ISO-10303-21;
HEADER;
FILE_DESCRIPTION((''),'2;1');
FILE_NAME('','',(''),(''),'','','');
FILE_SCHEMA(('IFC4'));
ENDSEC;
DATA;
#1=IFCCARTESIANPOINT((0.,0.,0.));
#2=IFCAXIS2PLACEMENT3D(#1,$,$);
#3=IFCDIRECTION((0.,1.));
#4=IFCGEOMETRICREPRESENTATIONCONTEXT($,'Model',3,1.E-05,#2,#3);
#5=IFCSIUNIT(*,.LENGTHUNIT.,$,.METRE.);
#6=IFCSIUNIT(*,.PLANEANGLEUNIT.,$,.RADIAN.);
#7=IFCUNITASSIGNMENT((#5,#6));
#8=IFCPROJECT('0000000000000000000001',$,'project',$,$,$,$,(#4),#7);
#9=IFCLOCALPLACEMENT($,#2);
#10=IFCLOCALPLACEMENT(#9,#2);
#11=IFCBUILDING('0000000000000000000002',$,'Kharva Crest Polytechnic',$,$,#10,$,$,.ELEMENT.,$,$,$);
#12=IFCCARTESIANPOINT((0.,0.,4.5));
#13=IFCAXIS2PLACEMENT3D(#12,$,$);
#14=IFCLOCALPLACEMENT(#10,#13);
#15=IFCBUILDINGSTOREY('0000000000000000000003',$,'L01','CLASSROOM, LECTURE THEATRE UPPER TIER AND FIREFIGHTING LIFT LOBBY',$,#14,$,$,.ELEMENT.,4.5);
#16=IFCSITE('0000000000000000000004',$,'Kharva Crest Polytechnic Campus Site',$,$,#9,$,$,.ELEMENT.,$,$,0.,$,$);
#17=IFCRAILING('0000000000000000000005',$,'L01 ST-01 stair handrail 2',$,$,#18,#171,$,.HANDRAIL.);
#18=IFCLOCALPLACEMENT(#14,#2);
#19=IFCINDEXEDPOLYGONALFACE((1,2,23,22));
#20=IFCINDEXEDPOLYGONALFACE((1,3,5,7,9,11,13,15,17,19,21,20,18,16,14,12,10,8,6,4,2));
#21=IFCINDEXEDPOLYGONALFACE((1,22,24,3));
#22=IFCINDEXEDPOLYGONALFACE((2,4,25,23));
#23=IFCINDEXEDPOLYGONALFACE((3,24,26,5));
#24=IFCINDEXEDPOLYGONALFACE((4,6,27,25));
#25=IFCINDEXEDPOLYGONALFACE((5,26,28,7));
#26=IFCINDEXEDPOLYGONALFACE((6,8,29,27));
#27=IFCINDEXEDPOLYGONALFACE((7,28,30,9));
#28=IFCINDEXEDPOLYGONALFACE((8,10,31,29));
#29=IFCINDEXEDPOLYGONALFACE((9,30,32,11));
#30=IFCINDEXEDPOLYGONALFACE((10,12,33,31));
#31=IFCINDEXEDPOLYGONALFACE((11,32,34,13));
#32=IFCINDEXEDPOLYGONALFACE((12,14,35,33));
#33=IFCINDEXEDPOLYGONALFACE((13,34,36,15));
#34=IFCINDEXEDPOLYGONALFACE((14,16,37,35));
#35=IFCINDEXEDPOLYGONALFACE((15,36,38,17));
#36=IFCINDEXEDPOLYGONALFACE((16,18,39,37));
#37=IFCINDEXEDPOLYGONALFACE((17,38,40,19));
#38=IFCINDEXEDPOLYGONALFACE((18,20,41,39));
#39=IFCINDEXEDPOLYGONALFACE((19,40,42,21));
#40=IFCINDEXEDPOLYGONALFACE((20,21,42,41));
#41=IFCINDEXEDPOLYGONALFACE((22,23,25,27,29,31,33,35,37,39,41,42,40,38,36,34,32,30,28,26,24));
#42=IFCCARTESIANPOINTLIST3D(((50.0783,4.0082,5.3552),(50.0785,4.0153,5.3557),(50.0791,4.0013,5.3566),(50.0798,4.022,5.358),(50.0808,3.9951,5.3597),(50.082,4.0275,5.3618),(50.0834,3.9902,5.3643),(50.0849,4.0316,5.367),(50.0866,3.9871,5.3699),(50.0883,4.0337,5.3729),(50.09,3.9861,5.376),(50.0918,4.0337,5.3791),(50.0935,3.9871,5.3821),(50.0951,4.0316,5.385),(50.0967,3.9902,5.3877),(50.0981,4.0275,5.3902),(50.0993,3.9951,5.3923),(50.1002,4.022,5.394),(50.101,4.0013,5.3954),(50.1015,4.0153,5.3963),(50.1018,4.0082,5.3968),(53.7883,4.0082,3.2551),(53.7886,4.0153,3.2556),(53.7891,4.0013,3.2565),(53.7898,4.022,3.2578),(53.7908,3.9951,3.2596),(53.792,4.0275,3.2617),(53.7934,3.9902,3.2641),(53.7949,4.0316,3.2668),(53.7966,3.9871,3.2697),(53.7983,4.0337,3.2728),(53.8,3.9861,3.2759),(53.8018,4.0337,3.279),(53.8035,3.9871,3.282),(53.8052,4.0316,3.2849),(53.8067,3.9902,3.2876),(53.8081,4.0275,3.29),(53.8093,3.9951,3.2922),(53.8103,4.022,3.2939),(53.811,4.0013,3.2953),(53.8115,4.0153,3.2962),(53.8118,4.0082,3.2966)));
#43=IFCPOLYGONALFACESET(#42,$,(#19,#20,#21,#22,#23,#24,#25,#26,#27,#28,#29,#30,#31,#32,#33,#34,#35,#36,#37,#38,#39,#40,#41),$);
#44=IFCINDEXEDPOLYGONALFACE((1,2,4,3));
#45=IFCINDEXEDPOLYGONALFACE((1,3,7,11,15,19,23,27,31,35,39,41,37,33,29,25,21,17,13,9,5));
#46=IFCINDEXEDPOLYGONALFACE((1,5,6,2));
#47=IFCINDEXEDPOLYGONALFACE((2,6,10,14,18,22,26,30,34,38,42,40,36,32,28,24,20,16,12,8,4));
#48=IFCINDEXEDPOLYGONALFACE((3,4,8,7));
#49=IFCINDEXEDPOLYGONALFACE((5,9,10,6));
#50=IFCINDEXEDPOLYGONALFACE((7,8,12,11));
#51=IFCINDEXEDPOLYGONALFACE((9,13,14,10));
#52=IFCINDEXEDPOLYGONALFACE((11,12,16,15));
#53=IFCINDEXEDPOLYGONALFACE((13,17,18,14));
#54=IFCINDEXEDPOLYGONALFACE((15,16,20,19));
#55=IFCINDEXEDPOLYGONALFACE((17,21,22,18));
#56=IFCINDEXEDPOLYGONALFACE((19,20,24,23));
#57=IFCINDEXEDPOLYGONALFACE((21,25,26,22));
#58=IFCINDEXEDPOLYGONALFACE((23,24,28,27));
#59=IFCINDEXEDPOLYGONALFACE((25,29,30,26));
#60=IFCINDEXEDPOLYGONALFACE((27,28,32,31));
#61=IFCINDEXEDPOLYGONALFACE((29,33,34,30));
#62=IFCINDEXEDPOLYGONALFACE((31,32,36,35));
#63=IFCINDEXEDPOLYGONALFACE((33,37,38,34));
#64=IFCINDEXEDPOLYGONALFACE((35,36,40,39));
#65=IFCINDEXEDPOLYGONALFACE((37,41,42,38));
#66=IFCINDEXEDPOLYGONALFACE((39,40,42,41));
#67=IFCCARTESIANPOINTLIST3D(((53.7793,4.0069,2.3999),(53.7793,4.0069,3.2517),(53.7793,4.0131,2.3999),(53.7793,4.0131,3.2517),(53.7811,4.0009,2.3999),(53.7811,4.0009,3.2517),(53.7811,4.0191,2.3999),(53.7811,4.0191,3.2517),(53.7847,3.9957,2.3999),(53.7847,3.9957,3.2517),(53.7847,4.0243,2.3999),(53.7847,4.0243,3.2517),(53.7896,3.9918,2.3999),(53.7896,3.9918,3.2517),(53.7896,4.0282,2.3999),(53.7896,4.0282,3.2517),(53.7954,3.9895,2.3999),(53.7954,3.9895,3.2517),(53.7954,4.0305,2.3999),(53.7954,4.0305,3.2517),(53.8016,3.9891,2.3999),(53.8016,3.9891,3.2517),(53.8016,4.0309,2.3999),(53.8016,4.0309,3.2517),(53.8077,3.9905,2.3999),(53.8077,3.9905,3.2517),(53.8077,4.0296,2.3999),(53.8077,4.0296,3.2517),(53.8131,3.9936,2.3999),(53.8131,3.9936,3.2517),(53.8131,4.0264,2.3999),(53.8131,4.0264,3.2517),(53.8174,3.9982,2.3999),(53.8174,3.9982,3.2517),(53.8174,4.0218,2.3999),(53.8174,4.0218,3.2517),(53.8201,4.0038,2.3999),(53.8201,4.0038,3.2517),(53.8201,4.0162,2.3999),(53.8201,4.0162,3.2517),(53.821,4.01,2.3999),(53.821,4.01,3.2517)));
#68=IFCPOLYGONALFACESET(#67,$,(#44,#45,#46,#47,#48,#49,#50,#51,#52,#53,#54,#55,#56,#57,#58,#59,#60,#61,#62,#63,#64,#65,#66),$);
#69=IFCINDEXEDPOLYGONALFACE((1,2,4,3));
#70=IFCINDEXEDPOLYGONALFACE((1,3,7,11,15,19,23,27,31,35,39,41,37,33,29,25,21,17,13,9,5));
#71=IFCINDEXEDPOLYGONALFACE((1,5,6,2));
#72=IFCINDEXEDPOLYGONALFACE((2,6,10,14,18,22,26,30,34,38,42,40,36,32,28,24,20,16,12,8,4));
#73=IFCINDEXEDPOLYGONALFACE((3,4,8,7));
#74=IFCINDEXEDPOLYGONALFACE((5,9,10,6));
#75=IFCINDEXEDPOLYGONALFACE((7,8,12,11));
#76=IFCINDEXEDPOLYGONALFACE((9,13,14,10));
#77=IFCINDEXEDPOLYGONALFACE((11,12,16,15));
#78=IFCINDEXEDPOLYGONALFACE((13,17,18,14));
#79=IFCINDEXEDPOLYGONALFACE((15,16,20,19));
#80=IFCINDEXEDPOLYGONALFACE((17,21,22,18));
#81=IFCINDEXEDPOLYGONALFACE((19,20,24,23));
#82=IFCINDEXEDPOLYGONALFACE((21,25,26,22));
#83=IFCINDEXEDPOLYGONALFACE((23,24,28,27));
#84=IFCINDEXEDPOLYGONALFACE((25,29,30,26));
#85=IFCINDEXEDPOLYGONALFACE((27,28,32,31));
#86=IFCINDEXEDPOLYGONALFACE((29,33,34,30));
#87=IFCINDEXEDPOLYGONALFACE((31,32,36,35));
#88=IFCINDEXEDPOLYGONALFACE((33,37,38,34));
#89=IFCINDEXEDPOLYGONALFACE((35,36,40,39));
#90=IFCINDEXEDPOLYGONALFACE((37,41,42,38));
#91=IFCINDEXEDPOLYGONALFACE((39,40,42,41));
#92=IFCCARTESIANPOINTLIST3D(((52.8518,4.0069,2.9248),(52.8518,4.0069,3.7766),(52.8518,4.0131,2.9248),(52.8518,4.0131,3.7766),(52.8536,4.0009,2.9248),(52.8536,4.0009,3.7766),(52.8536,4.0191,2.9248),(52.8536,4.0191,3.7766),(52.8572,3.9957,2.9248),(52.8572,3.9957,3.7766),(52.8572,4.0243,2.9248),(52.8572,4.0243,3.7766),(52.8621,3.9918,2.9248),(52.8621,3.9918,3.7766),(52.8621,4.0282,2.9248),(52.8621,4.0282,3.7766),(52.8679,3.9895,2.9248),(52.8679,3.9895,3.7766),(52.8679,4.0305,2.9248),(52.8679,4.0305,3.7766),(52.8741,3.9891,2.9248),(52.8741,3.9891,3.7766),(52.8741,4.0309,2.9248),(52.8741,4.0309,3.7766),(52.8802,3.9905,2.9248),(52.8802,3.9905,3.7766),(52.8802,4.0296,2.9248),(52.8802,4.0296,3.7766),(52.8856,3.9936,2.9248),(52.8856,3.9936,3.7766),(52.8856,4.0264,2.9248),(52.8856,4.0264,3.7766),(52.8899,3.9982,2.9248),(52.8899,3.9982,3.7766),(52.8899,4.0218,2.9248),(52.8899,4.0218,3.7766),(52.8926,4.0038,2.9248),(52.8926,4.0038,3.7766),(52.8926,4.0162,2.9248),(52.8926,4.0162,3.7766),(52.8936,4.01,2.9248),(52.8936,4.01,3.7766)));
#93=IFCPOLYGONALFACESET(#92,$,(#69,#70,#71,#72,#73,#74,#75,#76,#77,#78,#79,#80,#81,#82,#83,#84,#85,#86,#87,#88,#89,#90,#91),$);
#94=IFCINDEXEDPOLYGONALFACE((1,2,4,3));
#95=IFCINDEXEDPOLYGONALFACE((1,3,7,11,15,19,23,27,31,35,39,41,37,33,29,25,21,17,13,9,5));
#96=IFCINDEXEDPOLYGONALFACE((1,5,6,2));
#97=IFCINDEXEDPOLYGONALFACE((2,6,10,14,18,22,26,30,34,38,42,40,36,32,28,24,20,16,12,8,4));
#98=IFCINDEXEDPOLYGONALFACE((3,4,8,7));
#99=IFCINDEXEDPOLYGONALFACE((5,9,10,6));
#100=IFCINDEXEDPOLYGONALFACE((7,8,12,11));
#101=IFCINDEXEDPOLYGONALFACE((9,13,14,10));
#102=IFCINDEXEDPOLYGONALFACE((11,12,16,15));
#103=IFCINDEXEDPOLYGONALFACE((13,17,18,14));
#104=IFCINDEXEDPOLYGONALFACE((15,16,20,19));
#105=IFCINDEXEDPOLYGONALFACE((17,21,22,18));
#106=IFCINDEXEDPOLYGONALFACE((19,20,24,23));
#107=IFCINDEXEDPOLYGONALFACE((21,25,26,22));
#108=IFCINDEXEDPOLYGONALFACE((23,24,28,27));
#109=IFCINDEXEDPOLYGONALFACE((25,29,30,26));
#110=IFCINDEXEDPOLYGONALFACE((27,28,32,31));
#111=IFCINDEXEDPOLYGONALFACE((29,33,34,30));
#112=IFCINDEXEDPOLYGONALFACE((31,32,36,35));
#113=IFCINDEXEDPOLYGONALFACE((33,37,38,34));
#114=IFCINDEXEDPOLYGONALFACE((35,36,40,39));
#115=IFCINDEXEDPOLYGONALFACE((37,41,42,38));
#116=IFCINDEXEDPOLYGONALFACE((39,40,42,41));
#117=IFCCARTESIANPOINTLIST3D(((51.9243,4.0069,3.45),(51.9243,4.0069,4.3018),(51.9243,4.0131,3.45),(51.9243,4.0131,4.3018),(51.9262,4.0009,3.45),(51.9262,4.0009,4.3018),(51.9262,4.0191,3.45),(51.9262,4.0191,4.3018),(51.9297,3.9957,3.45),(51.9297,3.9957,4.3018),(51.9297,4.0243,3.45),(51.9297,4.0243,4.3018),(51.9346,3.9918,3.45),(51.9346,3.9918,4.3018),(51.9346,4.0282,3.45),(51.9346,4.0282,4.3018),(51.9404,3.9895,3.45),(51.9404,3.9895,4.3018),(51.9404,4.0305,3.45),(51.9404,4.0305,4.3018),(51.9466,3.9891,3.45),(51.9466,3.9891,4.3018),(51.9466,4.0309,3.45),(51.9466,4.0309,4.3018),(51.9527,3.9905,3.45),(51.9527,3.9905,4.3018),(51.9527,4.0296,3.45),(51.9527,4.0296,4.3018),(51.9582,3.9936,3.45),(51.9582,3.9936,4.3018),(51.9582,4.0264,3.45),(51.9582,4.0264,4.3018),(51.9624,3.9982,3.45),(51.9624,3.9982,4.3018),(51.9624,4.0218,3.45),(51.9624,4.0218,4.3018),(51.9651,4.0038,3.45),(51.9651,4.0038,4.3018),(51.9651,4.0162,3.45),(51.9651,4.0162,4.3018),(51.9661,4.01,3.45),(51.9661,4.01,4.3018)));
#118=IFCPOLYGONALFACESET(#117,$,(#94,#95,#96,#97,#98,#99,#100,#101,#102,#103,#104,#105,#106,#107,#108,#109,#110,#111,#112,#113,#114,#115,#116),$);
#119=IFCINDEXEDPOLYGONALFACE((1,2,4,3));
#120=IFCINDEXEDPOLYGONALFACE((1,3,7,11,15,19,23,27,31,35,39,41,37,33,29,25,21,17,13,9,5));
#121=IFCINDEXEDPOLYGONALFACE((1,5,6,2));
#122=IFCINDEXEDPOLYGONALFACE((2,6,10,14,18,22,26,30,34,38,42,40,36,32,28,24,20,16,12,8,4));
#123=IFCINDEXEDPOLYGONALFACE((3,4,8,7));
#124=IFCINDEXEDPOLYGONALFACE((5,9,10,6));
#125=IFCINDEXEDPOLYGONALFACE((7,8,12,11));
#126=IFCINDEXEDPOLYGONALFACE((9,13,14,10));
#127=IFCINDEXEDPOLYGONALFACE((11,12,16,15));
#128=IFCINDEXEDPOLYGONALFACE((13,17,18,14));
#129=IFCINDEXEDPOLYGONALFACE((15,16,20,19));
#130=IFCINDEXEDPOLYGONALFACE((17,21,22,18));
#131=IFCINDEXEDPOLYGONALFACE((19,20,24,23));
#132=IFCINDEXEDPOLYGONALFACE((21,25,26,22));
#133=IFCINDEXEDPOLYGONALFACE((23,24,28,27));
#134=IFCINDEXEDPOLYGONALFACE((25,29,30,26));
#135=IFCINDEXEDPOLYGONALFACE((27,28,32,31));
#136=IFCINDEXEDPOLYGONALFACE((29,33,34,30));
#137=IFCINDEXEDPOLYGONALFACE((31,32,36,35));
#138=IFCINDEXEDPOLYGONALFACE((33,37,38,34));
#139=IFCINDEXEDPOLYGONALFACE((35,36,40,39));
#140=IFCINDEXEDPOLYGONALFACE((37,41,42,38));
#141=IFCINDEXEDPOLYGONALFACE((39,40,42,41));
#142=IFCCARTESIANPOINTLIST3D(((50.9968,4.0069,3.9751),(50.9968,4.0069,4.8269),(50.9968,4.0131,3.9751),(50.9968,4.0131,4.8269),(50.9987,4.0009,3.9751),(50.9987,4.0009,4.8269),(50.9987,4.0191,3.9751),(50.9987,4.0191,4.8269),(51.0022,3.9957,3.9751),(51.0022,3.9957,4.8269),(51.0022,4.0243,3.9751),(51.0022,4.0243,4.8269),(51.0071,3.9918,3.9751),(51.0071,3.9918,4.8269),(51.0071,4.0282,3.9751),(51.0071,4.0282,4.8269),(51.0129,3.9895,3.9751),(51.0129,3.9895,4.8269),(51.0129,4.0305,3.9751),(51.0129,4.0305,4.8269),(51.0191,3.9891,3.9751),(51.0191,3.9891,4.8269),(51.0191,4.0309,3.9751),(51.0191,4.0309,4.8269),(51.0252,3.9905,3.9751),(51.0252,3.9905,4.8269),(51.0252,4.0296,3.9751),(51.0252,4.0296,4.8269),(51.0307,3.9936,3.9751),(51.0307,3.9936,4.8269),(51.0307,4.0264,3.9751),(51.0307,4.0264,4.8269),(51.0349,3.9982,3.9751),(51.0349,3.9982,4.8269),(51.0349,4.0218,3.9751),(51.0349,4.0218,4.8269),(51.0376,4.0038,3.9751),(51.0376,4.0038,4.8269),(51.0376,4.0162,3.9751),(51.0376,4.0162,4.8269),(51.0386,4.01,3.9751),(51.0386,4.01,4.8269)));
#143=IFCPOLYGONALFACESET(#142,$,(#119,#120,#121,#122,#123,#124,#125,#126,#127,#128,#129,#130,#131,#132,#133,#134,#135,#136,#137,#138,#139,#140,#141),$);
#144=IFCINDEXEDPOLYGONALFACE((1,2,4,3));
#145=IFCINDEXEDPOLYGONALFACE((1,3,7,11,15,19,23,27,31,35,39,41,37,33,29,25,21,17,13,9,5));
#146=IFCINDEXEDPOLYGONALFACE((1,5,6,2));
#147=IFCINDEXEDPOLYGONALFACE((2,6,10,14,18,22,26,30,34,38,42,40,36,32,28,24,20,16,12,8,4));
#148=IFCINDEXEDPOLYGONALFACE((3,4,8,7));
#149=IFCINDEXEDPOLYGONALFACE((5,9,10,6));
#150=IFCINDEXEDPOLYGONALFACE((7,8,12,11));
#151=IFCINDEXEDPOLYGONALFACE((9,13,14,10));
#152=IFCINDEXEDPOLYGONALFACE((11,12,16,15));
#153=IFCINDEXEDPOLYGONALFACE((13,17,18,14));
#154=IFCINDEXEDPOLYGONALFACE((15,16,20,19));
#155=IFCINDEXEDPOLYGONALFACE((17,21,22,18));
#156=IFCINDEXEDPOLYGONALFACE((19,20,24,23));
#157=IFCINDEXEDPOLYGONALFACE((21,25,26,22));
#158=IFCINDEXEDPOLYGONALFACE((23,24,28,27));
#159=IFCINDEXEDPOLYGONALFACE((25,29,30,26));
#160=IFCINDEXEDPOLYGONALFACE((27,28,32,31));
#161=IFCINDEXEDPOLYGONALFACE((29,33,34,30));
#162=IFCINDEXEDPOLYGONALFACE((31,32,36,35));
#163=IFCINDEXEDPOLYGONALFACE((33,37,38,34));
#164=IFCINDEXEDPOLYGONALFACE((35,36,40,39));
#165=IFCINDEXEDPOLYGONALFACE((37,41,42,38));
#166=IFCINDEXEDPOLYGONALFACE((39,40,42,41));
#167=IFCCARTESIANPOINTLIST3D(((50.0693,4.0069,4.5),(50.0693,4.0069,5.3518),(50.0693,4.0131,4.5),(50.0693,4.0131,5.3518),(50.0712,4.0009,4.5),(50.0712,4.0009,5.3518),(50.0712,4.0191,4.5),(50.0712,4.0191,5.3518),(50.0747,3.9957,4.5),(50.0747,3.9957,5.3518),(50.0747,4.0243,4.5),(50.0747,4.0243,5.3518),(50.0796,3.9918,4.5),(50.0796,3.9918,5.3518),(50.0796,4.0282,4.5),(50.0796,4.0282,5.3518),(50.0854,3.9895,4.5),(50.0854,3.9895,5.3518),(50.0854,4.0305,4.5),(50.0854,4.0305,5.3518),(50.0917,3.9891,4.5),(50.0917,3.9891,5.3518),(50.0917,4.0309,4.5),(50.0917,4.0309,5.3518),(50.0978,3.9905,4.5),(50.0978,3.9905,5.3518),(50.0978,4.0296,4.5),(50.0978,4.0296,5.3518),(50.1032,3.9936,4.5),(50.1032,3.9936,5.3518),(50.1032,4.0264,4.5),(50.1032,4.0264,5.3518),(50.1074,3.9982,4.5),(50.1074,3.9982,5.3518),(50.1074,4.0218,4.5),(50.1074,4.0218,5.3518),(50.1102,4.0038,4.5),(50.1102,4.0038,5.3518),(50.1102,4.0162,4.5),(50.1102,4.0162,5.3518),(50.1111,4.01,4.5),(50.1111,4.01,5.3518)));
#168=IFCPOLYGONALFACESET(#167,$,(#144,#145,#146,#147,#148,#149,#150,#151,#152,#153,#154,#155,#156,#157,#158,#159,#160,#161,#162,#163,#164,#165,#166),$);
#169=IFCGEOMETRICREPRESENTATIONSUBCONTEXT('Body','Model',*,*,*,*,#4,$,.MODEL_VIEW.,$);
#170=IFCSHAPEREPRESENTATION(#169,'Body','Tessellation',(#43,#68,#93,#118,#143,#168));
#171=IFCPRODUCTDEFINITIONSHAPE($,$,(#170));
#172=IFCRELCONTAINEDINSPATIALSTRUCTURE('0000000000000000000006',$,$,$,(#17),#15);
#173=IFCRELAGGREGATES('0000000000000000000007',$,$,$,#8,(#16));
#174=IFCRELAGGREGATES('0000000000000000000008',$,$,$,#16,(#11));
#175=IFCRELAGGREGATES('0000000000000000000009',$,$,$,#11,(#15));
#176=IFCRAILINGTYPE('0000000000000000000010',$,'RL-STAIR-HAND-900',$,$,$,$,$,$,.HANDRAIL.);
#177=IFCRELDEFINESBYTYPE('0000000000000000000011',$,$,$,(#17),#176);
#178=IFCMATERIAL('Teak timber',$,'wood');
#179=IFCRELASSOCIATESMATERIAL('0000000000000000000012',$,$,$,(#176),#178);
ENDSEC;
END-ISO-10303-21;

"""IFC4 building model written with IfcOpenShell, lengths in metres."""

from ifc_helpers import new_model, si_unit, direction, frame, origin, origin_2d, place, context, subcontext, project, spatial, circle, extrude, material, type_object, element, save


model = new_model("IFC4")

# Units and contexts
model_context = context("Model", 3, precision=1e-05, world=origin(), true_north=direction((0.0, 1.0)))
body_context = subcontext(model_context, "Body", "Model", "MODEL_VIEW")
ifc_project = project(units=[si_unit("LENGTHUNIT", "METRE"), si_unit("PLANEANGLEUNIT", "RADIAN")], contexts=[model_context])

# Site, building, storey
site_placement = place(None, origin())
site = spatial("IfcSite", under=ifc_project, at=site_placement, Name="Kharva Crest Polytechnic Campus Site", CompositionType="ELEMENT", RefElevation=0.0)
building_placement = place(site_placement, origin())
building = spatial("IfcBuilding", under=site, at=building_placement, Name="Kharva Crest Polytechnic", CompositionType="ELEMENT")
storey_placement = place(building_placement, frame((0.0, 0.0, 4.5)))
storey = spatial("IfcBuildingStorey", under=building, at=storey_placement, Name="L01", Description="CLASSROOM, LECTURE THEATRE UPPER TIER AND FIREFIGHTING LIFT LOBBY", CompositionType="ELEMENT", Elevation=4.5)

# Shared definitions
ifc_material_1 = material(Name="Teak timber", Category="wood")

# Railing
railing_type_1 = type_object("IfcRailingType", Name="RL-STAIR-HAND-900", PredefinedType="HANDRAIL", material=ifc_material_1)
railing_1_placement = place(storey_placement, frame((53.8, 4.01, 2.3999)))
element("IfcRailing", 1, at=railing_1_placement, inside=storey, type_object=railing_type_1, Name="L01 ST-01 stair handrail 2", PredefinedType="HANDRAIL", context=body_context, shape_type="SweptSolid", body=[
    extrude(circle(Radius=0.0239, at=origin_2d()), frame((0.0, 0.0, 0.876), z_axis=(-0.870245, 0.0, 0.492619), x_axis=(0.0, -1.0, 0.0)), (0.0, 0.0, 1.0), 4.2632),
    extrude(circle(Radius=0.021, at=origin_2d()), origin(), (0.0, 0.0, 1.0), 0.8518),
    extrude(circle(Radius=0.021, at=origin_2d()), frame((-0.9275, 0.0, 0.5249)), (0.0, 0.0, 1.0), 0.8518),
    extrude(circle(Radius=0.021, at=origin_2d()), frame((-1.855, 0.0, 1.05)), (0.0, 0.0, 1.0), 0.8518),
    extrude(circle(Radius=0.021, at=origin_2d()), frame((-2.7825, 0.0, 1.5752)), (0.0, 0.0, 1.0), 0.8518),
    extrude(circle(Radius=0.021, at=origin_2d()), frame((-3.71, 0.0, 2.1001)), (0.0, 0.0, 1.0), 0.8518),
])

save(model, "model.ifc")
